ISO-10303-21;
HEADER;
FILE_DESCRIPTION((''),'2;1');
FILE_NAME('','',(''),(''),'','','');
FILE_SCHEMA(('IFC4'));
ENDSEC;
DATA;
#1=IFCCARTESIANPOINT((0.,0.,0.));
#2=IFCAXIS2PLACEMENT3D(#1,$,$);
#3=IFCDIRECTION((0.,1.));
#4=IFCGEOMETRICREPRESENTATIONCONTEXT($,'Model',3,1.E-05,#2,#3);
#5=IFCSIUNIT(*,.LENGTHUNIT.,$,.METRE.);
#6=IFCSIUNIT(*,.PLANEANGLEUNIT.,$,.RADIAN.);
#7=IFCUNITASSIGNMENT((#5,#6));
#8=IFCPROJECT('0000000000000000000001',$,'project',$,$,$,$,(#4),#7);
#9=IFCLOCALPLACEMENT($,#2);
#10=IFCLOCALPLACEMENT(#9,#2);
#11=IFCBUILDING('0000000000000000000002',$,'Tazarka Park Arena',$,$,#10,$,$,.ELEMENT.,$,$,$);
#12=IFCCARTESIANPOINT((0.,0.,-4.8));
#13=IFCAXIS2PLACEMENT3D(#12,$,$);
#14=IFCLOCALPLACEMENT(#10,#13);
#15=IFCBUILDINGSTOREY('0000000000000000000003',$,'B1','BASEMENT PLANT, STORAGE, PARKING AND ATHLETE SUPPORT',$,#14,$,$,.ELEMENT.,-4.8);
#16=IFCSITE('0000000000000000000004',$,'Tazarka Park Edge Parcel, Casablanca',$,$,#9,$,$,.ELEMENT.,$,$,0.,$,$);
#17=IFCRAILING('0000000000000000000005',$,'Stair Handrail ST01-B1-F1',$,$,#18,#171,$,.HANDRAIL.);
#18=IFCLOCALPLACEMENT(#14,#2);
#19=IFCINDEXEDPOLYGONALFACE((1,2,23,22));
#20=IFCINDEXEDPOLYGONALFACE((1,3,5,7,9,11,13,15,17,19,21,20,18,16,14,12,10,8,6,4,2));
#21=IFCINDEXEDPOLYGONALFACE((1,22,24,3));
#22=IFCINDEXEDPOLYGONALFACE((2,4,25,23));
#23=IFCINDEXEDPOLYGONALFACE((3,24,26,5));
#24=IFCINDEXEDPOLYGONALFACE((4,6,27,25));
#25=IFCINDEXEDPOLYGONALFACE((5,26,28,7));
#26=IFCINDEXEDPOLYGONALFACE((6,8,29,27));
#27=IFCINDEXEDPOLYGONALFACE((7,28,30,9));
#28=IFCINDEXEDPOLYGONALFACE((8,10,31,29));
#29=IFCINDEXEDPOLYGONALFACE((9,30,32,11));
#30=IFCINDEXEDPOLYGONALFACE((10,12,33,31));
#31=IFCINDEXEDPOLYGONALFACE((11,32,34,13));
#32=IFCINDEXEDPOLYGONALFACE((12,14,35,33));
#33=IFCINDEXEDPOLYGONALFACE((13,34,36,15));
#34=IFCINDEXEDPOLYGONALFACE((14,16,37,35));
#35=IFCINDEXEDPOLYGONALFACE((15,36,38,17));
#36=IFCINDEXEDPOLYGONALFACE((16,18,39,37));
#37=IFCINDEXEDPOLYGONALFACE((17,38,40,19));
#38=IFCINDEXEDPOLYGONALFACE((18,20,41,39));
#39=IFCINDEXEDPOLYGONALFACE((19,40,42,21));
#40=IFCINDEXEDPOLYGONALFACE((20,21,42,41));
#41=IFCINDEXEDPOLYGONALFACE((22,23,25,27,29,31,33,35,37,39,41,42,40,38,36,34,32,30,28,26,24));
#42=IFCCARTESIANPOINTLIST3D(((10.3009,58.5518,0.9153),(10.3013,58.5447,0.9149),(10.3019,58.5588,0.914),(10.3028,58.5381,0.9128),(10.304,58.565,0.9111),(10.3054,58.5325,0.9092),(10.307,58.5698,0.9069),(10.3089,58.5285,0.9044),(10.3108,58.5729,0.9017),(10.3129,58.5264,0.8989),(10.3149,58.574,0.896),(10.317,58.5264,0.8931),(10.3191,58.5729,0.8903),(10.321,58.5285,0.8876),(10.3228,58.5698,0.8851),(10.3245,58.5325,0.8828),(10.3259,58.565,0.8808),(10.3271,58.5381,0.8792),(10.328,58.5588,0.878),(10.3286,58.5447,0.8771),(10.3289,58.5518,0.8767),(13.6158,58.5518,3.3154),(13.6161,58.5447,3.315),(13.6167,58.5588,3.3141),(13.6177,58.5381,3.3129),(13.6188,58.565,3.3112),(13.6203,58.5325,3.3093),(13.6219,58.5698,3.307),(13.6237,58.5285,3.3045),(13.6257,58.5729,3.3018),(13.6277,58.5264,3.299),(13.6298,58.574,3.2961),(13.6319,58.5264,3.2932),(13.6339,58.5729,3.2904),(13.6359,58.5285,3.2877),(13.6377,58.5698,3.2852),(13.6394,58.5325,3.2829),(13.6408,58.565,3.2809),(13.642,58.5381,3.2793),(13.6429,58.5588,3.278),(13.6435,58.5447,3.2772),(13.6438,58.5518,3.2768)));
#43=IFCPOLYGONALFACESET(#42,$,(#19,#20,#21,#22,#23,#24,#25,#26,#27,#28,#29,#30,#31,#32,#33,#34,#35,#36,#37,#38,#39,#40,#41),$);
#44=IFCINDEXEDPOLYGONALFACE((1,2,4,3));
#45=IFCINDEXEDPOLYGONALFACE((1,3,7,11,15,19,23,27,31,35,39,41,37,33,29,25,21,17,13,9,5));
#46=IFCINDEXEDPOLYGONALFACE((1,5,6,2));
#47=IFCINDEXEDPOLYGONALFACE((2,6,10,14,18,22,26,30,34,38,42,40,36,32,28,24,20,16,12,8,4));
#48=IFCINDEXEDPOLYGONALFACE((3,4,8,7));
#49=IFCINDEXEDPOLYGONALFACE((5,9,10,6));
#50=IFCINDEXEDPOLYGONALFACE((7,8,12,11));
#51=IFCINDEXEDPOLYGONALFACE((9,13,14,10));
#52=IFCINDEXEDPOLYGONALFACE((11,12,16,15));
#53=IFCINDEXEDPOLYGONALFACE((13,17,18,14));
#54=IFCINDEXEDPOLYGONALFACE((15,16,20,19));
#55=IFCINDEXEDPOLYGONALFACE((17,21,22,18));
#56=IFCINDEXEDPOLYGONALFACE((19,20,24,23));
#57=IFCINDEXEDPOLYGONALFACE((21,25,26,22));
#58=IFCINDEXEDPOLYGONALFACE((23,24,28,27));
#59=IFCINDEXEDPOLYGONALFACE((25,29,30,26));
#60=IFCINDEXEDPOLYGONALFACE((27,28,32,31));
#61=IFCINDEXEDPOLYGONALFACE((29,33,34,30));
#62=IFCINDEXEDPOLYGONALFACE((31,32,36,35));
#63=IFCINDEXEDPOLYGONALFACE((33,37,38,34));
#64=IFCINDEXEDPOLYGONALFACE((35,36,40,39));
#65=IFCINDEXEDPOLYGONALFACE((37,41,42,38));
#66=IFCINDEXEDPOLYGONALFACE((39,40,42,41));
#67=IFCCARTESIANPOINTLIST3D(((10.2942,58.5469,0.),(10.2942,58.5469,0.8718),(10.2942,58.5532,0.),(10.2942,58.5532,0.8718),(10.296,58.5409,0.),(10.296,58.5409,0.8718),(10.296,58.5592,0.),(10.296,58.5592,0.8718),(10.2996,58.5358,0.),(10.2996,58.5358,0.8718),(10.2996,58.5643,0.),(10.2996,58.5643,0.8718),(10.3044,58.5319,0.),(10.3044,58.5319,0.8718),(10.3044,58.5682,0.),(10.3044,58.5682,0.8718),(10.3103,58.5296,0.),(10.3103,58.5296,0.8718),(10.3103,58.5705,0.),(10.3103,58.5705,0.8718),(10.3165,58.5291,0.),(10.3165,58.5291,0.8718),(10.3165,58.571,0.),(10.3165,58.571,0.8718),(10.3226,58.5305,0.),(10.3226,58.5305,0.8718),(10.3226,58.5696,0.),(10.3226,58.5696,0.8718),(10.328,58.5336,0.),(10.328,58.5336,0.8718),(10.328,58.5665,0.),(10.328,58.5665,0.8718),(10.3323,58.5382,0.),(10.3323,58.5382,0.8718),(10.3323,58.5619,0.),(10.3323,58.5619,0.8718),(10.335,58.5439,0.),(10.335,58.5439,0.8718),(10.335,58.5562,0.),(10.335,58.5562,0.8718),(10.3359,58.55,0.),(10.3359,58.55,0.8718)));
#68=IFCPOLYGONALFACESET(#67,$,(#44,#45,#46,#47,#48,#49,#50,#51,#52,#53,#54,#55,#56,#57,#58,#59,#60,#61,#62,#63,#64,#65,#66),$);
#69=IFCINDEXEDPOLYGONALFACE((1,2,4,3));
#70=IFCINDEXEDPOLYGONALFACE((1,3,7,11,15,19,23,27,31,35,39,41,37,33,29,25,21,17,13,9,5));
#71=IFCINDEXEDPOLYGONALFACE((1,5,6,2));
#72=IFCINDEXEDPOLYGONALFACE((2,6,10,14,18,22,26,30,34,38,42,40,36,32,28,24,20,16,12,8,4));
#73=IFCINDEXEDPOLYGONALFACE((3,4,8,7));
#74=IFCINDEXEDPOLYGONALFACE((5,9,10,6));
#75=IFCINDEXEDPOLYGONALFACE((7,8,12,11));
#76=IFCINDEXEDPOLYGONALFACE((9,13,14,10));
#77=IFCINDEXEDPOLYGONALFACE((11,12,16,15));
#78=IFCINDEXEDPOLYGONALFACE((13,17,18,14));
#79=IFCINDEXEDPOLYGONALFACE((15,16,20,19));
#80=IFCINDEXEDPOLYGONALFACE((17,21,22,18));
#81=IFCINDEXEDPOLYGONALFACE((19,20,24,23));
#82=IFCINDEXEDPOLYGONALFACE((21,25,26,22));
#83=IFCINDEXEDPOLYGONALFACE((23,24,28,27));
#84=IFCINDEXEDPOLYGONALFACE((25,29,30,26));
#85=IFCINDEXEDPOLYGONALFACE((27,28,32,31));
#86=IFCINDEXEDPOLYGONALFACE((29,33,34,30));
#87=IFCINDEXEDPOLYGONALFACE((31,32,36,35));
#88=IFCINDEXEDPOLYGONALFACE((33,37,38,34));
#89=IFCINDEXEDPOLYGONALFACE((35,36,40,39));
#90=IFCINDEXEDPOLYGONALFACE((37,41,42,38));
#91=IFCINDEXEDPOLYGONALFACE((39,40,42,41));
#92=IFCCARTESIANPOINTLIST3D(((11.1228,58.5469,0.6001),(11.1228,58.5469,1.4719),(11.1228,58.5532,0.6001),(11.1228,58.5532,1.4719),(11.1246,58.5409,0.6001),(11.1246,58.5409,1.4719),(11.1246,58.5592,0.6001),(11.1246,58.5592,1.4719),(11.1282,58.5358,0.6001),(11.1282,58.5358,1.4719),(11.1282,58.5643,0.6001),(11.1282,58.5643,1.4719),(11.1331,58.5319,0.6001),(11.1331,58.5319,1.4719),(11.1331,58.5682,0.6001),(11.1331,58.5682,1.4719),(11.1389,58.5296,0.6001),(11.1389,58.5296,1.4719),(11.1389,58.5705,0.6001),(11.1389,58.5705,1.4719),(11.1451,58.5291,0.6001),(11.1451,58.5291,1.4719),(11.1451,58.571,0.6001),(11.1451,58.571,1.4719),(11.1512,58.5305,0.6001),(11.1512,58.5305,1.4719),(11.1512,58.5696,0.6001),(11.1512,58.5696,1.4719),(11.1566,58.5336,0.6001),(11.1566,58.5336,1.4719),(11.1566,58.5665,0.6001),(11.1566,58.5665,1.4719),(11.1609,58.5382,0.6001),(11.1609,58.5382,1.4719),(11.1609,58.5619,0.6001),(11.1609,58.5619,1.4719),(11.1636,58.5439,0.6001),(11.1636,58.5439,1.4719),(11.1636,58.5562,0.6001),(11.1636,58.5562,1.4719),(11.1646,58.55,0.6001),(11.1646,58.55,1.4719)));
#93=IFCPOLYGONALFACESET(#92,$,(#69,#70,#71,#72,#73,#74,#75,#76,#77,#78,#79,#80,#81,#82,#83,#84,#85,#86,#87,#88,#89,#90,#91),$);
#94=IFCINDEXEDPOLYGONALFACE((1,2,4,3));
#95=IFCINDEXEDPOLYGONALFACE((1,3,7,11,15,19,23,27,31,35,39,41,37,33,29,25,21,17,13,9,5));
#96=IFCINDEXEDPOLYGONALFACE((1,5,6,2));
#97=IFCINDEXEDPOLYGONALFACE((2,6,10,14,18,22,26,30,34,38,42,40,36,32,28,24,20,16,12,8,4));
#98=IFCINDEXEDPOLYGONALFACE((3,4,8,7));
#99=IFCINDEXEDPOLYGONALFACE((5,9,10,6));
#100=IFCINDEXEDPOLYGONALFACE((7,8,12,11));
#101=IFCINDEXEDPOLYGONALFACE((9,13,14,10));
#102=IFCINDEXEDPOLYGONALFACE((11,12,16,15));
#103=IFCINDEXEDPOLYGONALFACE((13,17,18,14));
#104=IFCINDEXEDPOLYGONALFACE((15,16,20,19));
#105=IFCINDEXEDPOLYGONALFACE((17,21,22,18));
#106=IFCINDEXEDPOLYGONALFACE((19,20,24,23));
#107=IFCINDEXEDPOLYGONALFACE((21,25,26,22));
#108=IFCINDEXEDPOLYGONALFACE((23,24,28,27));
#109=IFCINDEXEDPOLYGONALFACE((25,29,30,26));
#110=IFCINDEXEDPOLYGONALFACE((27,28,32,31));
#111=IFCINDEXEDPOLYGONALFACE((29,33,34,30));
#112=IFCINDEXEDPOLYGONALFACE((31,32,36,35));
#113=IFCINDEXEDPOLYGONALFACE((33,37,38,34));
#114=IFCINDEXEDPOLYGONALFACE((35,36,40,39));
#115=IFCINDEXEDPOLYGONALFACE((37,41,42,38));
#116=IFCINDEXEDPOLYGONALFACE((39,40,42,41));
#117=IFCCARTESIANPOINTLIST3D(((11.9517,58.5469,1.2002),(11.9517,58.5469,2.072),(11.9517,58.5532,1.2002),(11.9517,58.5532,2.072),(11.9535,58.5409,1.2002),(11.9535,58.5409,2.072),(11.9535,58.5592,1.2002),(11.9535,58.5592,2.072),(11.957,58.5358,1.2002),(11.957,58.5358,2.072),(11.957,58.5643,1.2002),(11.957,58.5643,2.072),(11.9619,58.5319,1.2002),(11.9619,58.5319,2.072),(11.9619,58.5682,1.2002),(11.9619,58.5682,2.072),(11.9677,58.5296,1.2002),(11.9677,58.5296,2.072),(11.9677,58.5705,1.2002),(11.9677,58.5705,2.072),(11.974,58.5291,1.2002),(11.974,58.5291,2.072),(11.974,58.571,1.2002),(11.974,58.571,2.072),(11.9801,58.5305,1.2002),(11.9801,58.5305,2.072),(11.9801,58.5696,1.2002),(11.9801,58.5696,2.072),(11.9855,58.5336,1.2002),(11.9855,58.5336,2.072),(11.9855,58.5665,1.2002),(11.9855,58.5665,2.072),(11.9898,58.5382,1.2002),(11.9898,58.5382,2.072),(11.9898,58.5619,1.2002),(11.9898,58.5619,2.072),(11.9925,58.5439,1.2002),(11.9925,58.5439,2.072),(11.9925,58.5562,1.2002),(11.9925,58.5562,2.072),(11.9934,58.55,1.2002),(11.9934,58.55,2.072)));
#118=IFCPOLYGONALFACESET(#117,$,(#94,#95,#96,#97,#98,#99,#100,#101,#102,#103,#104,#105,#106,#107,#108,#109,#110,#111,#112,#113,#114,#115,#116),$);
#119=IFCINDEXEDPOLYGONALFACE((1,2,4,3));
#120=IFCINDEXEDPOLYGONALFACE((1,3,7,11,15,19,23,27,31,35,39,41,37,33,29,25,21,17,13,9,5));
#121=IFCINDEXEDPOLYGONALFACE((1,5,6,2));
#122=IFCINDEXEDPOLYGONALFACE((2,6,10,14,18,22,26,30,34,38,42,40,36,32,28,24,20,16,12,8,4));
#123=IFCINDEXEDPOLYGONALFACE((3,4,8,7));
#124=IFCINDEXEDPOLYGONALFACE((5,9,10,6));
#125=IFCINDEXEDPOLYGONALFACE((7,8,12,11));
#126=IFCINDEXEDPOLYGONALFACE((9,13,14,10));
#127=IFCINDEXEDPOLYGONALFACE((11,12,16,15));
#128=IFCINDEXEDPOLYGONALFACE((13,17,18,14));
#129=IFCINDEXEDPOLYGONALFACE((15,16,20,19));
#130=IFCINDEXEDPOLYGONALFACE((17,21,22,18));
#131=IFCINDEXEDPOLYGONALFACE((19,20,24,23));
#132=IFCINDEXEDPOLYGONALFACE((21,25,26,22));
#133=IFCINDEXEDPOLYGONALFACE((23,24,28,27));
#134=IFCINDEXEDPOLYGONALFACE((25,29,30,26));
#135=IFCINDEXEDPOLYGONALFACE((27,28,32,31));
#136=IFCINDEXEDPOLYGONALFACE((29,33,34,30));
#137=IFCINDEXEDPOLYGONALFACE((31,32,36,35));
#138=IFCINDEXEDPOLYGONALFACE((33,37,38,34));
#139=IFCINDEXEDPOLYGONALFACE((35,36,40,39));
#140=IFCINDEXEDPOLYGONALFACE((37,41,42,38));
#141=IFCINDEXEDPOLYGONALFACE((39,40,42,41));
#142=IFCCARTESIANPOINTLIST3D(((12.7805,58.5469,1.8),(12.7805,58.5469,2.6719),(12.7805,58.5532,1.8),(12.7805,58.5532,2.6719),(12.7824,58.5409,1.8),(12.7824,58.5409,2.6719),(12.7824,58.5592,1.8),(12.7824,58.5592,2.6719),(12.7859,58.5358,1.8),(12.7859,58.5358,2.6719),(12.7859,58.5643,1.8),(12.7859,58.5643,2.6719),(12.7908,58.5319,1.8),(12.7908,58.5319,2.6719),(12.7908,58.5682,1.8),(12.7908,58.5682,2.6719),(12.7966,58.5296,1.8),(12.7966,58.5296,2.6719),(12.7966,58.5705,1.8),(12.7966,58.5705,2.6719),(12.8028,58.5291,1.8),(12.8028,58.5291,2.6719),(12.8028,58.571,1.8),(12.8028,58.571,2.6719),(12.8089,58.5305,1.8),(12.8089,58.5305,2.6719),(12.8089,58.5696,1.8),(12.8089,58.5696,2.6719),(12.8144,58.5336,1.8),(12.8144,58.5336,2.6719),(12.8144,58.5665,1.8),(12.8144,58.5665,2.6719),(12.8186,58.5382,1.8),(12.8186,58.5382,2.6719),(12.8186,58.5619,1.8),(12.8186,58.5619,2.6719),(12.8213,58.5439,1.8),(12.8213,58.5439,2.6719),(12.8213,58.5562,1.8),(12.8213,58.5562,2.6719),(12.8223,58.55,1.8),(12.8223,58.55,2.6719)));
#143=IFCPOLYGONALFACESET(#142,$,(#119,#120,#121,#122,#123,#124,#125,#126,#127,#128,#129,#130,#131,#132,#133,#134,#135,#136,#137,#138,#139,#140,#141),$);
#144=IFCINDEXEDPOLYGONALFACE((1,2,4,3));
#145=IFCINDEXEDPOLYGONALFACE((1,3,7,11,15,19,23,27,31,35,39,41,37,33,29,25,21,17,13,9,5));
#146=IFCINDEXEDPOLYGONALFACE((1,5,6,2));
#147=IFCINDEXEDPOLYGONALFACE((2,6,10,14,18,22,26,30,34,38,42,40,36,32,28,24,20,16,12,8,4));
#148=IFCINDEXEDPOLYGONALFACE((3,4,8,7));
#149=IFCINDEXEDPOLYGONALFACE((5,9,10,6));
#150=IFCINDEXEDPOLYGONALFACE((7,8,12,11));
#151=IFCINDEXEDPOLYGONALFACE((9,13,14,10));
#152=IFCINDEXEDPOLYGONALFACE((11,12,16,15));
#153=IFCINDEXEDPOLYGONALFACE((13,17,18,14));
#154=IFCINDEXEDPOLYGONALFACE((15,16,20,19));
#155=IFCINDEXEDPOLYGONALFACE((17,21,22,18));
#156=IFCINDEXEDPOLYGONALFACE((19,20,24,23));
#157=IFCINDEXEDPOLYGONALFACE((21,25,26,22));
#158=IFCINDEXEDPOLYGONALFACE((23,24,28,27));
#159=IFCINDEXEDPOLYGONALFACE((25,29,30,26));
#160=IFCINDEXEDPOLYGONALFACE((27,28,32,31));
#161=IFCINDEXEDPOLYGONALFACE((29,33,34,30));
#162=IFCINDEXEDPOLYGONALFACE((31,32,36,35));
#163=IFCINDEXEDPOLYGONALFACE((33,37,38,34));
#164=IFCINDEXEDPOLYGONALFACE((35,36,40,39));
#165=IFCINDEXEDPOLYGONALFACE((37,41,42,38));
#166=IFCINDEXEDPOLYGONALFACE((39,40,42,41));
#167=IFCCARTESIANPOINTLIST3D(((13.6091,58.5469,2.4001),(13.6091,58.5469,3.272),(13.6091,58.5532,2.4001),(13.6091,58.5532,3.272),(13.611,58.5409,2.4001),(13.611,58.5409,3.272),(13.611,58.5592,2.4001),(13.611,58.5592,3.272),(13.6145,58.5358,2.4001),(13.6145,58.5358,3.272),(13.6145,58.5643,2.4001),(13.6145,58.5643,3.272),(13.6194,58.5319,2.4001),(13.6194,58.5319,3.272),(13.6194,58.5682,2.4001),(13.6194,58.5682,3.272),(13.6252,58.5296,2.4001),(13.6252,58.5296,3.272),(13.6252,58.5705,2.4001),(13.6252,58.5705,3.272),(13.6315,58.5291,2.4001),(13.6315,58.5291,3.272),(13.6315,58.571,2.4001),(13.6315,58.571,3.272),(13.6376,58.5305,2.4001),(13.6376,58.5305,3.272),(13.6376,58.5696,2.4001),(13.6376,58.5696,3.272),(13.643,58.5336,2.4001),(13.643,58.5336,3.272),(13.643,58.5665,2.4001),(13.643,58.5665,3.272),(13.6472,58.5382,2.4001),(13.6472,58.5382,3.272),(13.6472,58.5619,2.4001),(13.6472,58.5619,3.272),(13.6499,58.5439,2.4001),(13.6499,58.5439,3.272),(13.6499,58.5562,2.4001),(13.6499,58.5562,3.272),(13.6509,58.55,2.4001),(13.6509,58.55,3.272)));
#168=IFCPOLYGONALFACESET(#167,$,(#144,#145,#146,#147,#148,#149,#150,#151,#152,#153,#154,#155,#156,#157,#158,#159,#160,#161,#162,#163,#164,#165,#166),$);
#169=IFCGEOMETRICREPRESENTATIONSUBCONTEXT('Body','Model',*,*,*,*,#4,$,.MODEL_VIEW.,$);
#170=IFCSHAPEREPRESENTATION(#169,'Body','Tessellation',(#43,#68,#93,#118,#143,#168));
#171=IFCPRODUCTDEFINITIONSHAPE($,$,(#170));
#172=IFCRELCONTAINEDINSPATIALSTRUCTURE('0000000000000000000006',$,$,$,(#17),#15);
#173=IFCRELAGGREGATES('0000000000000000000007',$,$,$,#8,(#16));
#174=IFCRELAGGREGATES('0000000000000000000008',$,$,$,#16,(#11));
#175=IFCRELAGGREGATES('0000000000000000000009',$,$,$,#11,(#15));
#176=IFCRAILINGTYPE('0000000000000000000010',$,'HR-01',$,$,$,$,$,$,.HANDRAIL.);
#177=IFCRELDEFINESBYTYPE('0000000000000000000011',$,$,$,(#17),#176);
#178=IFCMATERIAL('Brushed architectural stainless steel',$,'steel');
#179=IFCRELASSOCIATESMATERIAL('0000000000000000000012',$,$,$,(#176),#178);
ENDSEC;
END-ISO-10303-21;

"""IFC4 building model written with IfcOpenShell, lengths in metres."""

from ifc_helpers import new_model, si_unit, direction, frame, origin, origin_2d, place, context, subcontext, project, spatial, circle, extrude, material, type_object, element, save


model = new_model("IFC4")

# Units and contexts
model_context = context("Model", 3, precision=1e-05, world=origin(), true_north=direction((0.0, 1.0)))
body_context = subcontext(model_context, "Body", "Model", "MODEL_VIEW")
ifc_project = project(units=[si_unit("LENGTHUNIT", "METRE"), si_unit("PLANEANGLEUNIT", "RADIAN")], contexts=[model_context])

# Site, building, storey
site_placement = place(None, origin())
site = spatial("IfcSite", under=ifc_project, at=site_placement, Name="Tazarka Park Edge Parcel, Casablanca", CompositionType="ELEMENT", RefElevation=0.0)
building_placement = place(site_placement, origin())
building = spatial("IfcBuilding", under=site, at=building_placement, Name="Tazarka Park Arena", CompositionType="ELEMENT")
storey_placement = place(building_placement, frame((0.0, 0.0, -4.8)))
storey = spatial("IfcBuildingStorey", under=building, at=storey_placement, Name="B1", Description="BASEMENT PLANT, STORAGE, PARKING AND ATHLETE SUPPORT", CompositionType="ELEMENT", Elevation=-4.8)

# Railing
ifc_material_1 = material(Name="Brushed architectural stainless steel", Category="steel")
railing_type_1 = type_object("IfcRailingType", Name="HR-01", PredefinedType="HANDRAIL", material=ifc_material_1)
railing_1_placement = place(storey_placement, frame((10.3149, 58.55, 0.0)))
element("IfcRailing", 1, at=railing_1_placement, inside=storey, type_object=railing_type_1, Name="Stair Handrail ST01-B1-F1", PredefinedType="HANDRAIL", context=body_context, shape_type="SweptSolid", body=[
    extrude(circle(Radius=0.0239, at=origin_2d()), frame((0.0, 0.0, 0.896), z_axis=(0.80998, 0.0, 0.586457), x_axis=(0.0, 1.0, 0.0)), (0.0, 0.0, 1.0), 4.0925),
    extrude(circle(Radius=0.021, at=origin_2d()), origin(), (0.0, 0.0, 1.0), 0.8718),
    extrude(circle(Radius=0.021, at=origin_2d()), frame((0.8286, 0.0, 0.6001)), (0.0, 0.0, 1.0), 0.8718),
    extrude(circle(Radius=0.021, at=origin_2d()), frame((1.6575, 0.0, 1.2002)), (0.0, 0.0, 1.0), 0.8718),
    extrude(circle(Radius=0.021, at=origin_2d()), frame((2.4863, 0.0, 1.8)), (0.0, 0.0, 1.0), 0.8718),
    extrude(circle(Radius=0.021, at=origin_2d()), frame((3.3149, 0.0, 2.4001)), (0.0, 0.0, 1.0), 0.8718),
])

save(model, "model.ifc")
